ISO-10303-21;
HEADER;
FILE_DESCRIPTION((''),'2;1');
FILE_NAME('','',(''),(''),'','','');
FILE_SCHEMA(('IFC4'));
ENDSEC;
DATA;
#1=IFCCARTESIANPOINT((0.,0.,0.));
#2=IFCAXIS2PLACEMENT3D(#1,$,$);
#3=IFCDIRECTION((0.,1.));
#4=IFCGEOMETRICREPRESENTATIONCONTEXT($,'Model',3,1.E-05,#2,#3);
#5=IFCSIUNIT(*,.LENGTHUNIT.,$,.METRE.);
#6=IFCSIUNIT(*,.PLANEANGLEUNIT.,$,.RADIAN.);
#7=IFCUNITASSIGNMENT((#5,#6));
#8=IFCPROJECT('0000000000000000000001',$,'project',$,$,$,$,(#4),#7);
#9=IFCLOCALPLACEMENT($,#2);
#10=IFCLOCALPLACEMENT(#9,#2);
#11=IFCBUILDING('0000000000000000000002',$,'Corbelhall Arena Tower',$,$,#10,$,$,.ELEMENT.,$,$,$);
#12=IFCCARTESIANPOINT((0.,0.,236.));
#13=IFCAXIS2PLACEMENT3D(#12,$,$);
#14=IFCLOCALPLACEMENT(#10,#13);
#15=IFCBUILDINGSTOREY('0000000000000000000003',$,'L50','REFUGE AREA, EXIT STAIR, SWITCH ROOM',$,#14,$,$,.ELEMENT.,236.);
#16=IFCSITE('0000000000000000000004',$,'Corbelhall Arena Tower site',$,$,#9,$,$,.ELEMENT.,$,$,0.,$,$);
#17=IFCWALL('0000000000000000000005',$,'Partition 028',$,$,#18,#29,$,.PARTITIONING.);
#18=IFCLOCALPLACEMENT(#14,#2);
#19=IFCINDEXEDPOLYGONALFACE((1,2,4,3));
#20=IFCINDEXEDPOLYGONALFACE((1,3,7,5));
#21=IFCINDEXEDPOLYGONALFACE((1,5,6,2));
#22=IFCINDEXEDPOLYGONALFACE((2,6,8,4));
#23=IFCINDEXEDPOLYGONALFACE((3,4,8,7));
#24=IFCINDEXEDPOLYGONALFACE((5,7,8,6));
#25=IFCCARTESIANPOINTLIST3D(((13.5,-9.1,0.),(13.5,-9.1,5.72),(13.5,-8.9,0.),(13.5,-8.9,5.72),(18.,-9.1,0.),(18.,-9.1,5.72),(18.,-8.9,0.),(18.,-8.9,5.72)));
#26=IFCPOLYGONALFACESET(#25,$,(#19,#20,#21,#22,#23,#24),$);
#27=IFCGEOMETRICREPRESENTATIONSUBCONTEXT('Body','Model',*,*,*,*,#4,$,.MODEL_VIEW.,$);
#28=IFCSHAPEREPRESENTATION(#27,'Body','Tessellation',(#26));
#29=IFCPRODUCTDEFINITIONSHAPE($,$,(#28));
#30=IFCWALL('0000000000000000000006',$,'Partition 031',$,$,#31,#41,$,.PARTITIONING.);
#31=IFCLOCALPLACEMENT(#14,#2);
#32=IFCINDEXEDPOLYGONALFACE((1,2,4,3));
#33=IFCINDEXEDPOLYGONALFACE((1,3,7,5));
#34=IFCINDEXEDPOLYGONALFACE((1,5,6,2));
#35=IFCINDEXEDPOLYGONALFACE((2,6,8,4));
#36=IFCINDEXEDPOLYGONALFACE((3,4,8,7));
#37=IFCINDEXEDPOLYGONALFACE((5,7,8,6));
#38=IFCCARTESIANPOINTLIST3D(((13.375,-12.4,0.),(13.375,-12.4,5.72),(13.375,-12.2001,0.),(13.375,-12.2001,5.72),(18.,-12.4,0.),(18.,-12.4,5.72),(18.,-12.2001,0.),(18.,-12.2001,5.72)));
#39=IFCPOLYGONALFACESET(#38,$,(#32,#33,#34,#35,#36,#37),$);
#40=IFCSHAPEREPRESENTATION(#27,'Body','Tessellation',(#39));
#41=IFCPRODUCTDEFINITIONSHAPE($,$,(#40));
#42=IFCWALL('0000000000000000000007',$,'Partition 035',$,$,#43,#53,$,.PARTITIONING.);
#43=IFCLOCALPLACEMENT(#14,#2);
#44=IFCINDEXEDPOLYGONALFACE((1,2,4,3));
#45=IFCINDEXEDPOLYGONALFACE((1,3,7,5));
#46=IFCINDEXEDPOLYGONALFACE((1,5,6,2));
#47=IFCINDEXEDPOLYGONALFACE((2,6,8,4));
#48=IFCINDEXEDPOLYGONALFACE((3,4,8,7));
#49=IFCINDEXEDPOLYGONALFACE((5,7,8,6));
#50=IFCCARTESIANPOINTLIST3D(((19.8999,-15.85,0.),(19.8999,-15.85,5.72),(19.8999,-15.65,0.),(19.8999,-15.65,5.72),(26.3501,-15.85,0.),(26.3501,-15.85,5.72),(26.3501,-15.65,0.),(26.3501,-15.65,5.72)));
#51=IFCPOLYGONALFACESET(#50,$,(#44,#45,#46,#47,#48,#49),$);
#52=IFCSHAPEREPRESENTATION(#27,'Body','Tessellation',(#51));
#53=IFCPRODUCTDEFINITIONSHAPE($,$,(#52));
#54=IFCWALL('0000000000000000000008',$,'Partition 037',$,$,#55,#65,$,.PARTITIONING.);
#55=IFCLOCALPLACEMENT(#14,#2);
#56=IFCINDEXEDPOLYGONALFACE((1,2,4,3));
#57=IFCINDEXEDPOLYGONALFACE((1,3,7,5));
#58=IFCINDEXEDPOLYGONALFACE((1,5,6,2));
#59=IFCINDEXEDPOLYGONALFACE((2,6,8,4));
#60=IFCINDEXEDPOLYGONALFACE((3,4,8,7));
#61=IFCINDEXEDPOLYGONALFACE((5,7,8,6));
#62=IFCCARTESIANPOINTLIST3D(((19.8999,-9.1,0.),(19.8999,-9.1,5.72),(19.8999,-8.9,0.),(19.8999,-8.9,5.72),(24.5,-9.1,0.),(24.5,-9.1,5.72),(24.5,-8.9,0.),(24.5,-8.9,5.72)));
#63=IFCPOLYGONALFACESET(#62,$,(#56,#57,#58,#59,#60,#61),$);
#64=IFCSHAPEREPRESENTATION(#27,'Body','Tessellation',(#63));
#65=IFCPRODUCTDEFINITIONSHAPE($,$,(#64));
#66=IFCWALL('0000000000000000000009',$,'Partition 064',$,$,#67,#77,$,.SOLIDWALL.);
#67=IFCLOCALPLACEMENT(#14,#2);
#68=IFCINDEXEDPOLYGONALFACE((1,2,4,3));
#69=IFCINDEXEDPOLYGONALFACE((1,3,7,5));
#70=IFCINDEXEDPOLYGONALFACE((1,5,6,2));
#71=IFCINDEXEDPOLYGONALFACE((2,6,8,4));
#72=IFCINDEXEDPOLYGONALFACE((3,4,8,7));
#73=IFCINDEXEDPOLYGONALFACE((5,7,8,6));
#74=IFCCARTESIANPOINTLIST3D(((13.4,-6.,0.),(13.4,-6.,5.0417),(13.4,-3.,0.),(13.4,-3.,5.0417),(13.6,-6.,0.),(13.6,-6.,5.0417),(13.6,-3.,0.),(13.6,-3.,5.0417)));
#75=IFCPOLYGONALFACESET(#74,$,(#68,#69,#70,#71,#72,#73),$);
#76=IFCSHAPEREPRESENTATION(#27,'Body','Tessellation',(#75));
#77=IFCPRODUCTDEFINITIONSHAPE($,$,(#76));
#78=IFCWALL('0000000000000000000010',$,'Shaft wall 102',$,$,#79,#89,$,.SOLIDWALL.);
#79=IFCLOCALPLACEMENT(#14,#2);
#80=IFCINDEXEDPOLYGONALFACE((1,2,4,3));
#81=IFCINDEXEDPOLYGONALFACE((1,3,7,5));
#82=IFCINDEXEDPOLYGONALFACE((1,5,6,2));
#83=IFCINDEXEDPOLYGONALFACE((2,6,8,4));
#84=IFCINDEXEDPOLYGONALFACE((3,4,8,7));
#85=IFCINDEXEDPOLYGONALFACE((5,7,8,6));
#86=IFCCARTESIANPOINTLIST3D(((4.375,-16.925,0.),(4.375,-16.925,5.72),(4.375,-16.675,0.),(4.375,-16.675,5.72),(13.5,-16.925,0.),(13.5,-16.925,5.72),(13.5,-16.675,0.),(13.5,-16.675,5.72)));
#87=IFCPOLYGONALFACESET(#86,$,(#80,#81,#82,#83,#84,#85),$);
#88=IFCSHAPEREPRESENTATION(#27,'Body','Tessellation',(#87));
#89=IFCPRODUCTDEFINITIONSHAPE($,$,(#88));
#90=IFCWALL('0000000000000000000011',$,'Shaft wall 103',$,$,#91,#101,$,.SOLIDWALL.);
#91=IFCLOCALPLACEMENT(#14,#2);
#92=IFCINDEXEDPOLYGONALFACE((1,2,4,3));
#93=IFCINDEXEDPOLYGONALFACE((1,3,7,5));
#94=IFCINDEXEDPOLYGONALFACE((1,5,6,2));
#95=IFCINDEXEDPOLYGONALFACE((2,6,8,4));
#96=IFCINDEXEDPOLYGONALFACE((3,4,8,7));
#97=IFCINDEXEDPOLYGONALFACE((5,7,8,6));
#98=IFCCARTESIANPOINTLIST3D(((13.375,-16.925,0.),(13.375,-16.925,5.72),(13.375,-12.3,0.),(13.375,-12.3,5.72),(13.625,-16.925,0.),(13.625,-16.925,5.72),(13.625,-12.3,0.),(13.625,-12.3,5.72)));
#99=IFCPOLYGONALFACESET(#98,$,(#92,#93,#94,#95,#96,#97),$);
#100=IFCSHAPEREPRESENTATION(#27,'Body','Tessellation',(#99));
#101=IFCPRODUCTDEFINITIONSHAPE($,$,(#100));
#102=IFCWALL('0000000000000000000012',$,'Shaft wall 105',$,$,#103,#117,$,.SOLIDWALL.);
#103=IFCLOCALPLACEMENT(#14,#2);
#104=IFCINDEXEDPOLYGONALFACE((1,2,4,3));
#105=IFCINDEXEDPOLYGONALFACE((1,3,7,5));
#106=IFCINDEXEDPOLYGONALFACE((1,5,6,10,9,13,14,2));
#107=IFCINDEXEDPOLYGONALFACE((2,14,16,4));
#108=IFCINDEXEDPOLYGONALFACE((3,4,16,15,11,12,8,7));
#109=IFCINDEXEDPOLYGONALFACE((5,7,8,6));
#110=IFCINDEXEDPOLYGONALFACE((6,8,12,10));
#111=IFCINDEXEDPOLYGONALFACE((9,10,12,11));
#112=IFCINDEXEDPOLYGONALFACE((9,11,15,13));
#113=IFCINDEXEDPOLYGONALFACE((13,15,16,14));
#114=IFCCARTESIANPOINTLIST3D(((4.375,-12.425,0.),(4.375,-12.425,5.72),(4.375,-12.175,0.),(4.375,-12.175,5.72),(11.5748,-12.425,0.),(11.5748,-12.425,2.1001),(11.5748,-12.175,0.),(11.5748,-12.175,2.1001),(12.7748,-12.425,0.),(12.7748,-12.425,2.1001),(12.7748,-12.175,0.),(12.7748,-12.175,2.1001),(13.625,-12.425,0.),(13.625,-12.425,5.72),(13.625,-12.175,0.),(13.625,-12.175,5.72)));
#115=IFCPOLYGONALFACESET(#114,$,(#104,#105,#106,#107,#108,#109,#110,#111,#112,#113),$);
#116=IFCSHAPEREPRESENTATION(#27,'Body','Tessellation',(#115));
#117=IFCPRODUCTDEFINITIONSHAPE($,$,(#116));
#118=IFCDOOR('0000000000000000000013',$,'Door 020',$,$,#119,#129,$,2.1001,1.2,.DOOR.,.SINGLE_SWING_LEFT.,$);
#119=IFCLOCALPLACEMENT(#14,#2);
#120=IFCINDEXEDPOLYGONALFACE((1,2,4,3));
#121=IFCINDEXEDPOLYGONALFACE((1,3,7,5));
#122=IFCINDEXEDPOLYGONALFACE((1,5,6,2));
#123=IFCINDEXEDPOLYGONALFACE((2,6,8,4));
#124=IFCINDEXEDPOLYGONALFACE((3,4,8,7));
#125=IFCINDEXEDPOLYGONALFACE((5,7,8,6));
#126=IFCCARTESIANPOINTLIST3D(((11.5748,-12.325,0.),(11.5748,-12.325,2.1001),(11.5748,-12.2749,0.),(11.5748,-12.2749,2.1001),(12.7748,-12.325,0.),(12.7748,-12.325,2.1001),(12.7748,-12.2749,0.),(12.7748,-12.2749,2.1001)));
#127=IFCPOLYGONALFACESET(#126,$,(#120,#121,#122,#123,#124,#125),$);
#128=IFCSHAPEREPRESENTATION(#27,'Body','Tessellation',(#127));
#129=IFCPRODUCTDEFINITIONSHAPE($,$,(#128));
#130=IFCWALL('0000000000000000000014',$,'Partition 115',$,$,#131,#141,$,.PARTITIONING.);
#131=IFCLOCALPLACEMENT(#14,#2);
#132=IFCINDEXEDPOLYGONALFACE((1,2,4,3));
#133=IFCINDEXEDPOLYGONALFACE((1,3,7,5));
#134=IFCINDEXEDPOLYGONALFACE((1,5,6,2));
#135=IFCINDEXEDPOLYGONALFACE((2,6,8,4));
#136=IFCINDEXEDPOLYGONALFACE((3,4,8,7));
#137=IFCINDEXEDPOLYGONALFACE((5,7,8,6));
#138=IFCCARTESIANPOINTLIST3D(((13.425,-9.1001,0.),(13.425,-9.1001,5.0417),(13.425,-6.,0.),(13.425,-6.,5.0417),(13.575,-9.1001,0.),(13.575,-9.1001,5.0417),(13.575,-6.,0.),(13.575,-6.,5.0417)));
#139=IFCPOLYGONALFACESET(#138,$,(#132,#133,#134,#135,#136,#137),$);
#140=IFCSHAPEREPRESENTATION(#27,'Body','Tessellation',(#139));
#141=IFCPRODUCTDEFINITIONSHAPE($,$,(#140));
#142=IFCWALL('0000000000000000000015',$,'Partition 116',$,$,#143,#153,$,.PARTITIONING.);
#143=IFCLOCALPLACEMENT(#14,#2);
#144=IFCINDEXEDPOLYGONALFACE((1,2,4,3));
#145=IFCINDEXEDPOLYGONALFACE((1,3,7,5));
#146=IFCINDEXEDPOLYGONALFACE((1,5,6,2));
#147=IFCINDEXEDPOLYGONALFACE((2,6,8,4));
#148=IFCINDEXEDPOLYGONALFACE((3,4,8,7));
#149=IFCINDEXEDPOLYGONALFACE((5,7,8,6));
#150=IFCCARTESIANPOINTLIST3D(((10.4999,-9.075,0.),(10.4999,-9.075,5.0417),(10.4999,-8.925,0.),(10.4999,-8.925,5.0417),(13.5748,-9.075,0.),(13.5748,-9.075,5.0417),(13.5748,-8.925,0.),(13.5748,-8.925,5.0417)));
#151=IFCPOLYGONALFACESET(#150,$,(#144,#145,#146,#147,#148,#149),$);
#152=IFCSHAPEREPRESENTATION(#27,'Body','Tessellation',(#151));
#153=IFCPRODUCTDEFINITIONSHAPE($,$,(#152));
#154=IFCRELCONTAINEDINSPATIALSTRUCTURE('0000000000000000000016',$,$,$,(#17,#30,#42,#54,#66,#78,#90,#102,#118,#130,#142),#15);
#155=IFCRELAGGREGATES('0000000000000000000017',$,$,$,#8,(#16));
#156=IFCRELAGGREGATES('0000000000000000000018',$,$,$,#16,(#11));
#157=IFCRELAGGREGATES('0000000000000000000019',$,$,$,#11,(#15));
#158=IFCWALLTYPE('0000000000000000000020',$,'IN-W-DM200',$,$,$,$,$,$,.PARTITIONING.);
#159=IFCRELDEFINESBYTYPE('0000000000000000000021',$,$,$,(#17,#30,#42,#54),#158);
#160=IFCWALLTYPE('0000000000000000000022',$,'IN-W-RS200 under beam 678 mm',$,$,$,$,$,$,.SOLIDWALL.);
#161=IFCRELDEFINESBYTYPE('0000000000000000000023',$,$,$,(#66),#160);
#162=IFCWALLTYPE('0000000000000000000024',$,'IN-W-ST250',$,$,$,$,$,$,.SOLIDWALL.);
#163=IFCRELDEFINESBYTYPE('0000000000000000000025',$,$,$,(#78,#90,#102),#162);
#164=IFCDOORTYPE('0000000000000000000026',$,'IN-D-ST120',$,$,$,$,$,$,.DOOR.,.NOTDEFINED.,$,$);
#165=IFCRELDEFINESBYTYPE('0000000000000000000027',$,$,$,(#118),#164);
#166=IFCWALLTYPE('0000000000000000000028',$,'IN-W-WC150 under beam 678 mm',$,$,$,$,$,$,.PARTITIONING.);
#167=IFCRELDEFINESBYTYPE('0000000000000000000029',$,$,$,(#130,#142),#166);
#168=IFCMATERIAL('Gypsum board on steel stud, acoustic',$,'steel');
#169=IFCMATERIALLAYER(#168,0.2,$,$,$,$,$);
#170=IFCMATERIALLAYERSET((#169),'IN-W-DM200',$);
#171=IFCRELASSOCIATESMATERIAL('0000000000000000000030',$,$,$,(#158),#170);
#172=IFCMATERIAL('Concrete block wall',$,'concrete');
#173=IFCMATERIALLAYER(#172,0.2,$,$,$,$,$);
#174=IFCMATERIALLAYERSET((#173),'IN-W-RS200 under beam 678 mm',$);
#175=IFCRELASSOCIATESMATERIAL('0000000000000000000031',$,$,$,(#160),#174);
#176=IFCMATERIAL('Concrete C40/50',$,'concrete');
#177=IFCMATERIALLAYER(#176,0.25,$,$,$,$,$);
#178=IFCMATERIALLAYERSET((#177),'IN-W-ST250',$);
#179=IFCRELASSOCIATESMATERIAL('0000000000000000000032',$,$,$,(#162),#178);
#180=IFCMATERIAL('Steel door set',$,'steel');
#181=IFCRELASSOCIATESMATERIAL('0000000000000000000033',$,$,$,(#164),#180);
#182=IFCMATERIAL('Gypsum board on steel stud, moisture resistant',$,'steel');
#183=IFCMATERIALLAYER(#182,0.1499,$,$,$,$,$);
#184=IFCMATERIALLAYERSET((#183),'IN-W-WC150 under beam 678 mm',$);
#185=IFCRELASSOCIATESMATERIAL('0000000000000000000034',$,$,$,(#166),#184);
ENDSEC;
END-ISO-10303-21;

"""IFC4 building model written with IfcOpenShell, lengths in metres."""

from ifc_helpers import new_model, si_unit, direction, frame, frame_2d, origin, place, context, subcontext, project, spatial, rectangle, extrude, material, layer, layer_set, type_object, element, fill, save


model = new_model("IFC4")

# Units and contexts
model_context = context("Model", 3, precision=1e-05, world=origin(), true_north=direction((0.0, 1.0)))
body_context = subcontext(model_context, "Body", "Model", "MODEL_VIEW")
ifc_project = project(units=[si_unit("LENGTHUNIT", "METRE"), si_unit("PLANEANGLEUNIT", "RADIAN")], contexts=[model_context])

# Site, building, storey
site_placement = place(None, origin())
site = spatial("IfcSite", under=ifc_project, at=site_placement, Name="Corbelhall Arena Tower site", CompositionType="ELEMENT", RefElevation=0.0)
building_placement = place(site_placement, origin())
building = spatial("IfcBuilding", under=site, at=building_placement, Name="Corbelhall Arena Tower", CompositionType="ELEMENT")
storey_placement = place(building_placement, frame((0.0, 0.0, 236.0)))
storey = spatial("IfcBuildingStorey", under=building, at=storey_placement, Name="L50", Description="REFUGE AREA, EXIT STAIR, SWITCH ROOM", CompositionType="ELEMENT", Elevation=236.0)

# Walls
ifc_material_1 = material(Name="Gypsum board on steel stud, acoustic", Category="steel")
ifc_layer_1 = layer(ifc_material_1, 0.2)
ifc_layer_set_1 = layer_set([ifc_layer_1], Name="IN-W-DM200")
wall_type_1 = type_object("IfcWallType", Name="IN-W-DM200", PredefinedType="PARTITIONING", material=ifc_layer_set_1)
wall_1_placement = place(storey_placement, frame((13.5, -9.0, 0.0), z_axis=(0.0, 0.0, 1.0), x_axis=(1.0, 0.0, 0.0)))
element("IfcWall", 1, at=wall_1_placement, inside=storey, type_object=wall_type_1, Name="Partition 028", PredefinedType="PARTITIONING", context=body_context, shape_type="SweptSolid", body=[
    extrude(rectangle(XDim=4.5, YDim=0.2, at=frame_2d((2.25, 0.0))), origin(), (0.0, 0.0, 1.0), 5.72),
])
wall_2_placement = place(storey_placement, frame((18.0, -12.3, 0.0), z_axis=(0.0, 0.0, 1.0), x_axis=(-1.0, 0.0, 0.0)))
element("IfcWall", 2, at=wall_2_placement, inside=storey, type_object=wall_type_1, Name="Partition 031", PredefinedType="PARTITIONING", context=body_context, shape_type="SweptSolid", body=[
    extrude(rectangle(XDim=4.625, YDim=0.2, at=frame_2d((2.3125, 0.0))), origin(), (0.0, 0.0, 1.0), 5.72),
])

# Shared definitions
ifc_material_2 = material(Name="Steel door set", Category="steel")

# Walls
wall_3_placement = place(storey_placement, frame((19.8999, -15.75, 0.0), z_axis=(0.0, 0.0, 1.0), x_axis=(1.0, 0.0, 0.0)))
element("IfcWall", 3, at=wall_3_placement, inside=storey, type_object=wall_type_1, Name="Partition 035", PredefinedType="PARTITIONING", context=body_context, shape_type="SweptSolid", body=[
    extrude(rectangle(XDim=6.4502, YDim=0.2, at=frame_2d((3.2251, 0.0))), origin(), (0.0, 0.0, 1.0), 5.72),
])
wall_4_placement = place(storey_placement, frame((19.8999, -9.0, 0.0), z_axis=(0.0, 0.0, 1.0), x_axis=(1.0, 0.0, 0.0)))
element("IfcWall", 4, at=wall_4_placement, inside=storey, type_object=wall_type_1, Name="Partition 037", PredefinedType="PARTITIONING", context=body_context, shape_type="SweptSolid", body=[
    extrude(rectangle(XDim=4.6001, YDim=0.2, at=frame_2d((2.3, 0.0))), origin(), (0.0, 0.0, 1.0), 5.72),
])
ifc_material_3 = material(Name="Concrete block wall", Category="concrete")
ifc_layer_2 = layer(ifc_material_3, 0.2)
ifc_layer_set_2 = layer_set([ifc_layer_2], Name="IN-W-RS200 under beam 678 mm")
wall_type_2 = type_object("IfcWallType", Name="IN-W-RS200 under beam 678 mm", PredefinedType="SOLIDWALL", material=ifc_layer_set_2)
wall_5_placement = place(storey_placement, frame((13.5, -3.0, 0.0), z_axis=(0.0, 0.0, 1.0), x_axis=(0.0, -1.0, 0.0)))
element("IfcWall", 5, at=wall_5_placement, inside=storey, type_object=wall_type_2, Name="Partition 064", PredefinedType="SOLIDWALL", context=body_context, shape_type="SweptSolid", body=[
    extrude(rectangle(XDim=3.0, YDim=0.2, at=frame_2d((1.5, 0.0))), origin(), (0.0, 0.0, 1.0), 5.0417),
])
ifc_material_4 = material(Name="Concrete C40/50", Category="concrete")
ifc_layer_3 = layer(ifc_material_4, 0.25)
ifc_layer_set_3 = layer_set([ifc_layer_3], Name="IN-W-ST250")
wall_type_3 = type_object("IfcWallType", Name="IN-W-ST250", PredefinedType="SOLIDWALL", material=ifc_layer_set_3)
wall_6_placement = place(storey_placement, frame((13.5, -16.8, 0.0), z_axis=(0.0, 0.0, 1.0), x_axis=(-1.0, 0.0, 0.0)))
element("IfcWall", 6, at=wall_6_placement, inside=storey, type_object=wall_type_3, Name="Shaft wall 102", PredefinedType="SOLIDWALL", context=body_context, shape_type="SweptSolid", body=[
    extrude(rectangle(XDim=9.125, YDim=0.25, at=frame_2d((4.5625, 0.0))), origin(), (0.0, 0.0, 1.0), 5.72),
])
wall_7_placement = place(storey_placement, frame((13.5, -12.3, 0.0), z_axis=(0.0, 0.0, 1.0), x_axis=(0.0, -1.0, 0.0)))
element("IfcWall", 7, at=wall_7_placement, inside=storey, type_object=wall_type_3, Name="Shaft wall 103", PredefinedType="SOLIDWALL", context=body_context, shape_type="SweptSolid", body=[
    extrude(rectangle(XDim=4.625, YDim=0.25, at=frame_2d((2.3125, 0.0))), origin(), (0.0, 0.0, 1.0), 5.72),
])

# Wall, opening, door
wall_8_placement = place(storey_placement, frame((13.625, -12.3, 0.0), z_axis=(0.0, 0.0, 1.0), x_axis=(-1.0, 0.0, 0.0)))
wall_8 = element("IfcWall", 8, at=wall_8_placement, inside=storey, type_object=wall_type_3, Name="Shaft wall 105", PredefinedType="SOLIDWALL", context=body_context, shape_type="SweptSolid", body=[
    extrude(rectangle(XDim=9.25, YDim=0.25, at=frame_2d((4.625, 0.0))), origin(), (0.0, 0.0, 1.0), 5.72),
])
opening_1_placement = place(wall_8_placement, frame((0.8501, 0.0, 0.0)))
opening_1 = element("IfcOpeningElement", 9, at=opening_1_placement, cuts=wall_8, PredefinedType="OPENING", context=body_context, shape_type="SweptSolid", body=[
    extrude(rectangle(XDim=1.2, YDim=2.1001, at=frame_2d((0.6001, 1.05))), frame((0.0, 0.125, 0.0), z_axis=(0.0, -1.0, 0.0), x_axis=(1.0, 0.0, 0.0)), (0.0, 0.0, 1.0), 0.25),
])
door_type_1 = type_object("IfcDoorType", Name="IN-D-ST120", OperationType="NOTDEFINED", PredefinedType="DOOR", material=ifc_material_2)
door_1_placement = place(opening_1_placement, origin())
door_1 = element("IfcDoor", 10, at=door_1_placement, inside=storey, type_object=door_type_1, Name="Door 020", OperationType="SINGLE_SWING_LEFT", OverallHeight=2.1001, OverallWidth=1.2, PredefinedType="DOOR", context=body_context, shape_type="SweptSolid", body=[
    extrude(rectangle(XDim=1.2, YDim=2.1001, at=frame_2d((0.6001, 1.05))), frame((0.0, 0.0249, 0.0), z_axis=(0.0, -1.0, 0.0), x_axis=(1.0, 0.0, 0.0)), (0.0, 0.0, 1.0), 0.05),
])
fill(opening_1, door_1)

# Walls
ifc_material_5 = material(Name="Gypsum board on steel stud, moisture resistant", Category="steel")
ifc_layer_4 = layer(ifc_material_5, 0.1499)
ifc_layer_set_4 = layer_set([ifc_layer_4], Name="IN-W-WC150 under beam 678 mm")
wall_type_4 = type_object("IfcWallType", Name="IN-W-WC150 under beam 678 mm", PredefinedType="PARTITIONING", material=ifc_layer_set_4)
wall_9_placement = place(storey_placement, frame((13.5, -6.0, 0.0), z_axis=(0.0, 0.0, 1.0), x_axis=(0.0, -1.0, 0.0)))
element("IfcWall", 11, at=wall_9_placement, inside=storey, type_object=wall_type_4, Name="Partition 115", PredefinedType="PARTITIONING", context=body_context, shape_type="SweptSolid", body=[
    extrude(rectangle(XDim=3.1001, YDim=0.1499, at=frame_2d((1.55, 0.0))), origin(), (0.0, 0.0, 1.0), 5.0417),
])
wall_10_placement = place(storey_placement, frame((13.575, -9.0, 0.0), z_axis=(0.0, 0.0, 1.0), x_axis=(-1.0, 0.0, 0.0)))
element("IfcWall", 12, at=wall_10_placement, inside=storey, type_object=wall_type_4, Name="Partition 116", PredefinedType="PARTITIONING", context=body_context, shape_type="SweptSolid", body=[
    extrude(rectangle(XDim=3.075, YDim=0.1499, at=frame_2d((1.5376, 0.0))), origin(), (0.0, 0.0, 1.0), 5.0417),
])

save(model, "model.ifc")
